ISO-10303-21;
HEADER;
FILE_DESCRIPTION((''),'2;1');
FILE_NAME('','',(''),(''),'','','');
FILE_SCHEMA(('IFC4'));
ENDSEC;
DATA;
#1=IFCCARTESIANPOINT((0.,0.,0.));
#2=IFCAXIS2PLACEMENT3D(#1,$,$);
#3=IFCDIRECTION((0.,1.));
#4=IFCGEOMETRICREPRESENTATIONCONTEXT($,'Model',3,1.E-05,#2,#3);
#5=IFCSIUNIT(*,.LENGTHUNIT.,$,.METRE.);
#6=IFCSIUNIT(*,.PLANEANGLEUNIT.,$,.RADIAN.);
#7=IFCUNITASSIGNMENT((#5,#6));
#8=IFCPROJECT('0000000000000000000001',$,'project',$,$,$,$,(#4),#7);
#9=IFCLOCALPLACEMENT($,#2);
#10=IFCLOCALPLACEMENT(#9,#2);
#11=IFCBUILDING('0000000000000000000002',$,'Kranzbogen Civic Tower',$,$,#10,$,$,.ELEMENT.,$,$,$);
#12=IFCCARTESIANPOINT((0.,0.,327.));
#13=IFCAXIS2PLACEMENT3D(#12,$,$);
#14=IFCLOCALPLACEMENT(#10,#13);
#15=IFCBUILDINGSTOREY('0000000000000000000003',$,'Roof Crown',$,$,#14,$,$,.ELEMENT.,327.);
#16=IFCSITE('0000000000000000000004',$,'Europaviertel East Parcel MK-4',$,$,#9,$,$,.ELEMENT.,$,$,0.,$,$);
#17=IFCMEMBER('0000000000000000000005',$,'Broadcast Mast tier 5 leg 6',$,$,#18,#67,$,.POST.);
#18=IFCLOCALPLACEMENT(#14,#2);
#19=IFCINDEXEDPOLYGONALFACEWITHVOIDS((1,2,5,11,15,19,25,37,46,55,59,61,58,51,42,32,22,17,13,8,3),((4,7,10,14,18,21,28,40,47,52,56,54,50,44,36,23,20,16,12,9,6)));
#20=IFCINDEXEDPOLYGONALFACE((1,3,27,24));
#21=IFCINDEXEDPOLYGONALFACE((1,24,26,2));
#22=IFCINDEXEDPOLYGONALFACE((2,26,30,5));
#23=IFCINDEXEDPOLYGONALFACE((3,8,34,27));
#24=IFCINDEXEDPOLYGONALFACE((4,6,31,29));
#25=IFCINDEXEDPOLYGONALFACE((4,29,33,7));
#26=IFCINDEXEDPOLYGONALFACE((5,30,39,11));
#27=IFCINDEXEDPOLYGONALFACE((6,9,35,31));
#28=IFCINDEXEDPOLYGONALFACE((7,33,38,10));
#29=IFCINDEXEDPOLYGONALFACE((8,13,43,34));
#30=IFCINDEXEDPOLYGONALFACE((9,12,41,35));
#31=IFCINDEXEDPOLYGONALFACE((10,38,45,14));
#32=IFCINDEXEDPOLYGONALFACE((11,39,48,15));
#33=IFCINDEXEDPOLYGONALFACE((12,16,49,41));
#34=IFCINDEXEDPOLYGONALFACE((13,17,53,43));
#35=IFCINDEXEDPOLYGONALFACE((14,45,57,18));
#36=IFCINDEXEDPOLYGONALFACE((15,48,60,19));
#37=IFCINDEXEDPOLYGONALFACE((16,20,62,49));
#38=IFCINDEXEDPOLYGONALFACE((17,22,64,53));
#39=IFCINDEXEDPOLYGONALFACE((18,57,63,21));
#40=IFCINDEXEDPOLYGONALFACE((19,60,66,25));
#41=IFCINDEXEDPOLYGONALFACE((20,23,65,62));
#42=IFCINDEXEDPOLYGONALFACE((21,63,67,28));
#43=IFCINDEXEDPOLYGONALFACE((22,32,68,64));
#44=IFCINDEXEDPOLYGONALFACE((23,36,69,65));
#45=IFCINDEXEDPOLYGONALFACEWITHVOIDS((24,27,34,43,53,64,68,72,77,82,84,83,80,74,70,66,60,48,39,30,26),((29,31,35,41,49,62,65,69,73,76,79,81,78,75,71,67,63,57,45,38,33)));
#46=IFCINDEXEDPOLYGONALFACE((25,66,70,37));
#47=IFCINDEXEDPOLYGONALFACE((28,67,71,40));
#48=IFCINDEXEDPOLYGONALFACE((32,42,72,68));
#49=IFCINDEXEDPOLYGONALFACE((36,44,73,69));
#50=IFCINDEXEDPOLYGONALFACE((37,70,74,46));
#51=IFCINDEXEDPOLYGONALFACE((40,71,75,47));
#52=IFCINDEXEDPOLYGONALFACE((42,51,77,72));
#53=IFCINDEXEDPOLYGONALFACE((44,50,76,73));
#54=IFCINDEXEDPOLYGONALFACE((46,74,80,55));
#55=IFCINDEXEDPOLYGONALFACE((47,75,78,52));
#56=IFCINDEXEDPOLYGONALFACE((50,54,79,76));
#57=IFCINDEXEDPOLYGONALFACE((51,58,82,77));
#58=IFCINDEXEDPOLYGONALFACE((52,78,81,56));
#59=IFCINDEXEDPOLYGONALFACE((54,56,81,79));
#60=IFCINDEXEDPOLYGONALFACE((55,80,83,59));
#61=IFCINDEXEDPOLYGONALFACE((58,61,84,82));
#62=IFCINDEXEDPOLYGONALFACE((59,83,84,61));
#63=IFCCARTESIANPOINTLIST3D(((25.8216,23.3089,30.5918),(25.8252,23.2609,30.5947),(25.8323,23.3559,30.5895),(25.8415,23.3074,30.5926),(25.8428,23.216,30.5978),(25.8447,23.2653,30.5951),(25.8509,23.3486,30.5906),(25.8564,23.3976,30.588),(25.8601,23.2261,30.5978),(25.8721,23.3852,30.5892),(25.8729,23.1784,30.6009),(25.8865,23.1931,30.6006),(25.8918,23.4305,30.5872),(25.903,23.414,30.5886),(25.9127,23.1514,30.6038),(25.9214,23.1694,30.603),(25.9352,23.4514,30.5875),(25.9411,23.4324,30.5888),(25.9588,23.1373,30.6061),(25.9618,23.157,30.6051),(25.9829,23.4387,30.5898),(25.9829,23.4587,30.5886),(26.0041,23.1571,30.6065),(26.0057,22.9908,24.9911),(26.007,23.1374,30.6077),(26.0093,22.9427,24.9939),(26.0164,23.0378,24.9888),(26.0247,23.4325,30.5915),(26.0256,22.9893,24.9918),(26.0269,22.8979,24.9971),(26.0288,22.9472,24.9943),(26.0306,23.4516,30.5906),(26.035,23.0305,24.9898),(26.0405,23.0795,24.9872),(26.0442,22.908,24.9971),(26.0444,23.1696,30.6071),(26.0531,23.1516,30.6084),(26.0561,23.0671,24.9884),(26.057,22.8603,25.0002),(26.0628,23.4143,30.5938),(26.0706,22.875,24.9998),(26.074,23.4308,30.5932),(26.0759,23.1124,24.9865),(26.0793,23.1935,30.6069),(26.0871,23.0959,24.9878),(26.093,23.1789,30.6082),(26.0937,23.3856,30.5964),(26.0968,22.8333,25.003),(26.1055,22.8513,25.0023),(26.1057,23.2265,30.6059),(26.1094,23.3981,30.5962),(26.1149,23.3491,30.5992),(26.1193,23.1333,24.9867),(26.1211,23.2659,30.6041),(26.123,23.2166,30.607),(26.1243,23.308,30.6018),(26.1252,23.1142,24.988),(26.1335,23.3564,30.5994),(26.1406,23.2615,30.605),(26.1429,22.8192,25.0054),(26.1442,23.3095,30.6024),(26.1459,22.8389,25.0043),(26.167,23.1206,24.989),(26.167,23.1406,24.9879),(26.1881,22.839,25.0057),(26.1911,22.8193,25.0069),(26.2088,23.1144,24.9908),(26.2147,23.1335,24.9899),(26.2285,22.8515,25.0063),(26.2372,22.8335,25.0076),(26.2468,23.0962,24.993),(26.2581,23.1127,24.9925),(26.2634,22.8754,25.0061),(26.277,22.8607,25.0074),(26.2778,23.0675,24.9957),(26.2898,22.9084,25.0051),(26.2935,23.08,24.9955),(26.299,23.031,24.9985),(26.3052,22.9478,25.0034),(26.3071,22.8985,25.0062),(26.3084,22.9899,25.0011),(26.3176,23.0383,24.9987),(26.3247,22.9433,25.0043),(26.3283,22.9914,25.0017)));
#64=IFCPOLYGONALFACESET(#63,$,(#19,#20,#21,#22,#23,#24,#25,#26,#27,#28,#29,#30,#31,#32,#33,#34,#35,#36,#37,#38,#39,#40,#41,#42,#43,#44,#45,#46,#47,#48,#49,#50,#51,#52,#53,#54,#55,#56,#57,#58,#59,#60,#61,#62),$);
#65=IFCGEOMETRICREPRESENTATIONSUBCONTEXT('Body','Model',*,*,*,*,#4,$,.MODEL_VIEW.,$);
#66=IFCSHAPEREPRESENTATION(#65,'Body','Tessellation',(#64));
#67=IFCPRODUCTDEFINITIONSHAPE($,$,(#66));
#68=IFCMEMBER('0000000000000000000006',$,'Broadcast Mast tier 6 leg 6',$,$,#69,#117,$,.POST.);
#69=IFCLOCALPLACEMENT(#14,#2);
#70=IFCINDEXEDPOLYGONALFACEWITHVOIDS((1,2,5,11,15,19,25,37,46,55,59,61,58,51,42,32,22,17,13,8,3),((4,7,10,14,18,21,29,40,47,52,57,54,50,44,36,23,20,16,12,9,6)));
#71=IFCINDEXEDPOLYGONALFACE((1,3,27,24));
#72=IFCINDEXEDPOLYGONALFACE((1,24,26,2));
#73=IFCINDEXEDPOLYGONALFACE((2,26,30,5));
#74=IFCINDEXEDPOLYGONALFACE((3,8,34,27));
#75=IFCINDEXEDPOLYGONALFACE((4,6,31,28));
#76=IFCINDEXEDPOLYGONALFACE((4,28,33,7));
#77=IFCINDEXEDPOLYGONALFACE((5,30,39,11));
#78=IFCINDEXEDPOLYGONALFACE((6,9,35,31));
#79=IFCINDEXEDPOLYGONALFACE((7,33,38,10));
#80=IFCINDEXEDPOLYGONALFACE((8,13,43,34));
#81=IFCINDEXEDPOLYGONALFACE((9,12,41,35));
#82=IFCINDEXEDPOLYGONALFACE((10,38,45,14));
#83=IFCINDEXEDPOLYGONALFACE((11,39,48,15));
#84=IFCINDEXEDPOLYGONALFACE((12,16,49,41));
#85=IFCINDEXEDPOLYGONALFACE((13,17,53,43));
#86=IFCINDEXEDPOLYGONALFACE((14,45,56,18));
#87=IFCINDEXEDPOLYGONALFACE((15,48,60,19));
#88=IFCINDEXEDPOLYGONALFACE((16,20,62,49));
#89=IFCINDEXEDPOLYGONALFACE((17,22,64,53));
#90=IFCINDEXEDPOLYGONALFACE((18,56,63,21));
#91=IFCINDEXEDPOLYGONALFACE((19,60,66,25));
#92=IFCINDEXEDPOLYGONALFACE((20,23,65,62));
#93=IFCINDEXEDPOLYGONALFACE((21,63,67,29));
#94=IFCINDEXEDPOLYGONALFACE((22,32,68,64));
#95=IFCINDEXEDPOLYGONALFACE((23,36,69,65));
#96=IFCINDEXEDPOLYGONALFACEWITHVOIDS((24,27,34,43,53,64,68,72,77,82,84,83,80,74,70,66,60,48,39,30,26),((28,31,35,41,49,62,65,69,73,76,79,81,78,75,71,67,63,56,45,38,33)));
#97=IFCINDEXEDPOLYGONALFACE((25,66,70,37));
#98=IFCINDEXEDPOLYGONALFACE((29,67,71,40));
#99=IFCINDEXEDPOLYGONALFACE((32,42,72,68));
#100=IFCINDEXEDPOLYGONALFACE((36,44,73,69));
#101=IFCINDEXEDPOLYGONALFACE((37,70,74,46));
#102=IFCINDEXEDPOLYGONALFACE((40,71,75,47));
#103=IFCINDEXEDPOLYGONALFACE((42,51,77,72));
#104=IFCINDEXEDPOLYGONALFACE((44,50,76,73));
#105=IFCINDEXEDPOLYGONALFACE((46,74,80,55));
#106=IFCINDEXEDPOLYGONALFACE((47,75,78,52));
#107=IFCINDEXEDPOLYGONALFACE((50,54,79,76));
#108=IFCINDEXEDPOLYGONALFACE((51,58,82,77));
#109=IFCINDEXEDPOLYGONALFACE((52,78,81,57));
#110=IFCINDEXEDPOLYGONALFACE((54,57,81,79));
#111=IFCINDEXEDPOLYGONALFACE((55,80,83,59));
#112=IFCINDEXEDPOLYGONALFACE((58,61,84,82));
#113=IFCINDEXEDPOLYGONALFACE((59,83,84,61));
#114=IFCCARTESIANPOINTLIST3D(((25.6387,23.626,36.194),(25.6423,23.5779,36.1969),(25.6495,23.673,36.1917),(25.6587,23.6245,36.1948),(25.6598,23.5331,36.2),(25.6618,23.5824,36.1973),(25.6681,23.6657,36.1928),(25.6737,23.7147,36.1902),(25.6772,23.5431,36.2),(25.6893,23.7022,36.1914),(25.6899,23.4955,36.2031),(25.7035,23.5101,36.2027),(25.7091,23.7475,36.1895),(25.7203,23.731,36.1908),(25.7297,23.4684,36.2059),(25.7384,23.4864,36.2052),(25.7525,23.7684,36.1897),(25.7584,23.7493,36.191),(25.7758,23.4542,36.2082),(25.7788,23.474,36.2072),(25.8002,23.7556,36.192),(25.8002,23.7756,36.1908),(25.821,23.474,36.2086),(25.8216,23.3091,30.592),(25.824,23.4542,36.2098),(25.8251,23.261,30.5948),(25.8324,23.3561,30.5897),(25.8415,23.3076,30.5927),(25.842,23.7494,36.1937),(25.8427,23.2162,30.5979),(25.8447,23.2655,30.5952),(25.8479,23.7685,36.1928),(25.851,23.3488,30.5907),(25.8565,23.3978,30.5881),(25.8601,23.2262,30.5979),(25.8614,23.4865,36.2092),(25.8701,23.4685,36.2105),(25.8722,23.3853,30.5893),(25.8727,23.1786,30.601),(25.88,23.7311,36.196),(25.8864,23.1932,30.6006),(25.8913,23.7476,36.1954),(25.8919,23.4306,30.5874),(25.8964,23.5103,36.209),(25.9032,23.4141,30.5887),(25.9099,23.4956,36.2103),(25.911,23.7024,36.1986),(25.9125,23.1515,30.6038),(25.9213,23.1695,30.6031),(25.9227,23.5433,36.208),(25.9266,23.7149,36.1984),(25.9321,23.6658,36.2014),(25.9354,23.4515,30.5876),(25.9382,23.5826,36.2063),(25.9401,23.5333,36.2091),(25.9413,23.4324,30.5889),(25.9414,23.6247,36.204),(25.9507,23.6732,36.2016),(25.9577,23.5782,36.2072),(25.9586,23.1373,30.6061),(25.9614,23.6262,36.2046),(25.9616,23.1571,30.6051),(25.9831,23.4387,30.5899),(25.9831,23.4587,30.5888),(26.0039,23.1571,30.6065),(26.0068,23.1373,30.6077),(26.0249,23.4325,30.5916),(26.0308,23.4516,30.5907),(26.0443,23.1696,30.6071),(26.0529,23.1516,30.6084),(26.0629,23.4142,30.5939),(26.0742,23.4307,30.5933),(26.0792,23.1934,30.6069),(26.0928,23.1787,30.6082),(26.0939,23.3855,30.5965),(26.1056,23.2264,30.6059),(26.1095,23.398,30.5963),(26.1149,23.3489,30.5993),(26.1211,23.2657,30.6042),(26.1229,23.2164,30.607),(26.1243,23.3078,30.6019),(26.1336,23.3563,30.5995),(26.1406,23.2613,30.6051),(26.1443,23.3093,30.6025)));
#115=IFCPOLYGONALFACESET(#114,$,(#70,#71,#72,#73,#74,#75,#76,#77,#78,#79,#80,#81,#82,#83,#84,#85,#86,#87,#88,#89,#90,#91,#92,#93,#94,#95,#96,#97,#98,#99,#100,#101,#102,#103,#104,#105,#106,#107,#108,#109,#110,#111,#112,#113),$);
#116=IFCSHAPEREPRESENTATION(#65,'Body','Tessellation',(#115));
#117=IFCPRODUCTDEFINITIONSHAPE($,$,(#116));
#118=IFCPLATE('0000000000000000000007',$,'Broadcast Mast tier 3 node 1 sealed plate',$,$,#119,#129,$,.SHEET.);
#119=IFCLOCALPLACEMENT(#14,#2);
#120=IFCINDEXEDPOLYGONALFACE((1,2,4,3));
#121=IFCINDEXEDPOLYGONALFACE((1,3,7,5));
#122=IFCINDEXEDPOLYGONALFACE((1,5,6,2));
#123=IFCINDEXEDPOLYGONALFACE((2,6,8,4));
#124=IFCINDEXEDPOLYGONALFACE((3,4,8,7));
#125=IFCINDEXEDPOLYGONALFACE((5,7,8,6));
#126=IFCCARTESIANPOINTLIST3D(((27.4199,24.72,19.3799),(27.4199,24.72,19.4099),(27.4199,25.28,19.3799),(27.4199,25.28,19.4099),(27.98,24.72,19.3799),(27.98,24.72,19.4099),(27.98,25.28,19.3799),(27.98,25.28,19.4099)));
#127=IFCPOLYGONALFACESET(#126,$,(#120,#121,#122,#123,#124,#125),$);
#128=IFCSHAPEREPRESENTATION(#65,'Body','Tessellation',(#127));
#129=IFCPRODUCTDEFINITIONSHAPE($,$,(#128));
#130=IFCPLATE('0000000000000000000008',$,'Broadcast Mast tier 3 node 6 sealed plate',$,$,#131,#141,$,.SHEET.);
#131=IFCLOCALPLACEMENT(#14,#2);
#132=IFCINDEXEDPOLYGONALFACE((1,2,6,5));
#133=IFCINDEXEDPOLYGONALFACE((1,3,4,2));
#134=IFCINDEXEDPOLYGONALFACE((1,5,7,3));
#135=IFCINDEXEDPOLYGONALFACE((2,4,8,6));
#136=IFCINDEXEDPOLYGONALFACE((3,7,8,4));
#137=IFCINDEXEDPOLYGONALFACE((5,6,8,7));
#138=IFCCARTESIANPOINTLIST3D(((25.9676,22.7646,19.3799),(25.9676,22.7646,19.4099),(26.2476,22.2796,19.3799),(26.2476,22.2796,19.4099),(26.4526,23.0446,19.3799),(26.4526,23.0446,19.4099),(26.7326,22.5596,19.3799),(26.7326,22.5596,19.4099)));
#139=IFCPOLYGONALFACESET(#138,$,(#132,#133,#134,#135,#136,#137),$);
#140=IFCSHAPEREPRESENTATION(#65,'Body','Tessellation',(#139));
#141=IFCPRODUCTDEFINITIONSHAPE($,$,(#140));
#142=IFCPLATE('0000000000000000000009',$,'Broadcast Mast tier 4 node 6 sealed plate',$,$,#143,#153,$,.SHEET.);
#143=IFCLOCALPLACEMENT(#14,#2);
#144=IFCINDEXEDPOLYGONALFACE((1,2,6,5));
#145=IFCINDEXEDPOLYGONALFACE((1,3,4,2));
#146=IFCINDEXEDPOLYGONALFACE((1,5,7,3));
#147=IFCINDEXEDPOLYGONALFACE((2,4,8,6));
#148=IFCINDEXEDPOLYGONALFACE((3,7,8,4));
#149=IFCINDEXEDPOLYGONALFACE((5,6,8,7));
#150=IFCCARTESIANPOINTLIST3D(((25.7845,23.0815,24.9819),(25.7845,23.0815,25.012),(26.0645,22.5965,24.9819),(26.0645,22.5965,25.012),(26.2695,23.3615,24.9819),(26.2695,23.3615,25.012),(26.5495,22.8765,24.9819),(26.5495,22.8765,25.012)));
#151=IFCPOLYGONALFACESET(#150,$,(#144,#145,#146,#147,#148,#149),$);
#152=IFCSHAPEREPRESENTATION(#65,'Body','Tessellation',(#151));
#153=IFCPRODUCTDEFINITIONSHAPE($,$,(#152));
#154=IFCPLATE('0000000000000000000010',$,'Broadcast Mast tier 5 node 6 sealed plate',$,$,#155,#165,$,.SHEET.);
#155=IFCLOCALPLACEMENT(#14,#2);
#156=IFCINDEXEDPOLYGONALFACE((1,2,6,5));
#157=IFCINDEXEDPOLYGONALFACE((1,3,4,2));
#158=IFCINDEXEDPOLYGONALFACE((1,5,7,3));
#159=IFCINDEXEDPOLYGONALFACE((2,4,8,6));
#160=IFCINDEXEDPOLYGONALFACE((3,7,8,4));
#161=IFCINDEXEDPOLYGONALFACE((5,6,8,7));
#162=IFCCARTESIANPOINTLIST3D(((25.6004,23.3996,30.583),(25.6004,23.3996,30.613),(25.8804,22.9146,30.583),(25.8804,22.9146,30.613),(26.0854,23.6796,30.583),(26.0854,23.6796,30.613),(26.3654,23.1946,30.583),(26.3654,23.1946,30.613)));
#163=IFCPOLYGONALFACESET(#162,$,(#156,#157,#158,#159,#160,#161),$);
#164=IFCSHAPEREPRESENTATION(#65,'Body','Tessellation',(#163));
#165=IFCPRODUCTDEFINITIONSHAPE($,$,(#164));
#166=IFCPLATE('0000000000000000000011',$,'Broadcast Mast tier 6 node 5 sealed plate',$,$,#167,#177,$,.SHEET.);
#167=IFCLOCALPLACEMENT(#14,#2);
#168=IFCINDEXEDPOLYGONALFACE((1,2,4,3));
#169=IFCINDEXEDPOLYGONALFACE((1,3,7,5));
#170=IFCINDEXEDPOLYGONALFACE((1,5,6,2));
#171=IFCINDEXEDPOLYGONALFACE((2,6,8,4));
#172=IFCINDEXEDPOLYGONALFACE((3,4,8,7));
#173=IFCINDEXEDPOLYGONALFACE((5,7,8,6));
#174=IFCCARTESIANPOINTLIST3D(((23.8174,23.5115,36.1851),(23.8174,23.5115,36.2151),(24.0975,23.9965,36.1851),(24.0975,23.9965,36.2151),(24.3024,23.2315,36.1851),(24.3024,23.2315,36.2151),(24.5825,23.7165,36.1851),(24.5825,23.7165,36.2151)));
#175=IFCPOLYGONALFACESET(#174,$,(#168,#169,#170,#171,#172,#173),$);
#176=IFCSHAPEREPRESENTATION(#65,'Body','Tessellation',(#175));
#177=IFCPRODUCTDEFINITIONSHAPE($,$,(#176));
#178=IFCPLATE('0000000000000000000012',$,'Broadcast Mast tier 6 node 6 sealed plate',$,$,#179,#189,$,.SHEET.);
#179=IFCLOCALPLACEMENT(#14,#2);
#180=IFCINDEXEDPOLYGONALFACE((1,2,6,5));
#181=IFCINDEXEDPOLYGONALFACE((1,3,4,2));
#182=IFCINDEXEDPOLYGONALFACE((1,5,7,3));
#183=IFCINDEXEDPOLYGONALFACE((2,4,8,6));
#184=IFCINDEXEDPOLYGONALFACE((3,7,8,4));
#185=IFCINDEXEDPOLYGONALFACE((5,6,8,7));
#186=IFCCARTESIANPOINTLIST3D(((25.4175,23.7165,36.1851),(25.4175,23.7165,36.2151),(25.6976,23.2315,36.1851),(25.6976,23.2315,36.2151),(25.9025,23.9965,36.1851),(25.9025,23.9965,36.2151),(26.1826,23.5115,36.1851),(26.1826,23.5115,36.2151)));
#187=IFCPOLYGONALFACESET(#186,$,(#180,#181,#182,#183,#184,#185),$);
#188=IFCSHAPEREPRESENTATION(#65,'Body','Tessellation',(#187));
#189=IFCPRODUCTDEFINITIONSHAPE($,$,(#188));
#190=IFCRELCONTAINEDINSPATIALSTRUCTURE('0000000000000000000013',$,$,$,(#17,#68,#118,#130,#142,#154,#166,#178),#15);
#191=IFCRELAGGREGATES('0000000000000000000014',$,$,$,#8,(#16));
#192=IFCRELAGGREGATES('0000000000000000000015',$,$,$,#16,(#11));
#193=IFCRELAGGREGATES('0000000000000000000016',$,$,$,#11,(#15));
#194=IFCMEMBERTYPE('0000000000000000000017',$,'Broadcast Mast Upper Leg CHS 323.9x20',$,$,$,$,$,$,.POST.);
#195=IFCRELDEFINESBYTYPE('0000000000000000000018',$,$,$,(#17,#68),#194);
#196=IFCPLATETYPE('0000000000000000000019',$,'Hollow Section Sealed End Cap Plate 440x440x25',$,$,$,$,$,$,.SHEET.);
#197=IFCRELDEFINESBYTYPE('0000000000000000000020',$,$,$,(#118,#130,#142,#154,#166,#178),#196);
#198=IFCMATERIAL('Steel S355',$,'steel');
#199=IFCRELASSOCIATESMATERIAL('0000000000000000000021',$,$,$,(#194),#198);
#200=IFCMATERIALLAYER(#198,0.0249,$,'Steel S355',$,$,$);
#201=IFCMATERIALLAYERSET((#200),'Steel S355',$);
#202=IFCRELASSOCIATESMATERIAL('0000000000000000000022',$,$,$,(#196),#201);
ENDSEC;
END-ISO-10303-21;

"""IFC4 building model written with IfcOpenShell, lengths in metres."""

from ifc_helpers import new_model, si_unit, direction, frame, origin, origin_2d, place, context, subcontext, project, spatial, rectangle, hollow_circle, extrude, material, layer, layer_set, material_profile, profile_set, type_object, element, save


model = new_model("IFC4")

# Units and contexts
model_context = context("Model", 3, precision=1e-05, world=origin(), true_north=direction((0.0, 1.0)))
body_context = subcontext(model_context, "Body", "Model", "MODEL_VIEW")
ifc_project = project(units=[si_unit("LENGTHUNIT", "METRE"), si_unit("PLANEANGLEUNIT", "RADIAN")], contexts=[model_context])

# Site, building, storey
site_placement = place(None, origin())
site = spatial("IfcSite", under=ifc_project, at=site_placement, Name="Europaviertel East Parcel MK-4", CompositionType="ELEMENT", RefElevation=0.0)
building_placement = place(site_placement, origin())
building = spatial("IfcBuilding", under=site, at=building_placement, Name="Kranzbogen Civic Tower", CompositionType="ELEMENT")
storey_placement = place(building_placement, frame((0.0, 0.0, 327.0)))
storey = spatial("IfcBuildingStorey", under=building, at=storey_placement, Name="Roof Crown", CompositionType="ELEMENT", Elevation=327.0)

# Members
ifc_material = material(Name="Steel S355", Category="steel")
ifc_material_profile_1 = material_profile(ifc_material, hollow_circle(Radius=0.1619, WallThickness=0.02, at=origin_2d()), Name="CHS 323.9x20")
ifc_profile_set_1 = profile_set([ifc_material_profile_1], Name="Steel S355")
member_type_1 = type_object("IfcMemberType", Name="Broadcast Mast Upper Leg CHS 323.9x20", PredefinedType="POST", material=ifc_profile_set_1)
member_1_placement = place(storey_placement, frame((26.167, 22.979, 24.9971), z_axis=(-0.032796, 0.056676, 0.997854), x_axis=(-0.865532, -0.500853, 0.0)))
element("IfcMember", 1, at=member_1_placement, inside=storey, type_object=member_type_1, Name="Broadcast Mast tier 5 leg 6", PredefinedType="POST", context=body_context, shape_type="SweptSolid", body=[
    extrude(hollow_circle(Radius=0.1619, WallThickness=0.02, at=origin_2d()), origin(), (0.0, 0.0, 1.0), 5.6128),
])
member_2_placement = place(storey_placement, frame((25.9829, 23.2971, 30.5979), z_axis=(-0.032572, 0.056447, 0.997874), x_axis=(-0.866141, -0.499799, 0.0)))
element("IfcMember", 2, at=member_2_placement, inside=storey, type_object=member_type_1, Name="Broadcast Mast tier 6 leg 6", PredefinedType="POST", context=body_context, shape_type="SweptSolid", body=[
    extrude(hollow_circle(Radius=0.1619, WallThickness=0.02, at=origin_2d()), origin(), (0.0, 0.0, 1.0), 5.614),
])

# Plates
ifc_layer = layer(ifc_material, 0.0249, Name="Steel S355")
ifc_layer_set = layer_set([ifc_layer], Name="Steel S355")
plate_type = type_object("IfcPlateType", Name="Hollow Section Sealed End Cap Plate 440x440x25", PredefinedType="SHEET", material=ifc_layer_set)
for number, where, z_axis, x_axis, name in (
    (3, (27.7, 25.0, 19.3799), (0.0, 0.0, 1.0), (1.0, 0.0, 0.0), "Broadcast Mast tier 3 node 1 sealed plate"),
    (4, (26.3501, 22.6621, 19.3799), (0.0, 0.0, 1.0), (0.5, -0.866025, 0.0), "Broadcast Mast tier 3 node 6 sealed plate"),
    (5, (26.167, 22.979, 24.9819), (0.0, 0.0, 1.0), (0.5, -0.866025, 0.0), "Broadcast Mast tier 4 node 6 sealed plate"),
    (6, (25.9829, 23.2971, 30.583), (0.0, 0.0, 1.0), (0.5, -0.866025, 0.0), "Broadcast Mast tier 5 node 6 sealed plate"),
    (7, (24.2, 23.614, 36.1851), (0.0, 0.0, 1.0), (-0.5, -0.866025, 0.0), "Broadcast Mast tier 6 node 5 sealed plate"),
    (8, (25.8, 23.614, 36.1851), (0.0, 0.0, 1.0), (0.5, -0.866025, 0.0), "Broadcast Mast tier 6 node 6 sealed plate"),
):
    element("IfcPlate", number, at=place(storey_placement, frame(where, z_axis=z_axis, x_axis=x_axis)), inside=storey, type_object=plate_type, Name=name, PredefinedType="SHEET", context=body_context, shape_type="SweptSolid", body=[
        extrude(rectangle(XDim=0.5601, YDim=0.5601, at=origin_2d()), origin(), (0.0, 0.0, 1.0), 0.03),
    ])

save(model, "model.ifc")
